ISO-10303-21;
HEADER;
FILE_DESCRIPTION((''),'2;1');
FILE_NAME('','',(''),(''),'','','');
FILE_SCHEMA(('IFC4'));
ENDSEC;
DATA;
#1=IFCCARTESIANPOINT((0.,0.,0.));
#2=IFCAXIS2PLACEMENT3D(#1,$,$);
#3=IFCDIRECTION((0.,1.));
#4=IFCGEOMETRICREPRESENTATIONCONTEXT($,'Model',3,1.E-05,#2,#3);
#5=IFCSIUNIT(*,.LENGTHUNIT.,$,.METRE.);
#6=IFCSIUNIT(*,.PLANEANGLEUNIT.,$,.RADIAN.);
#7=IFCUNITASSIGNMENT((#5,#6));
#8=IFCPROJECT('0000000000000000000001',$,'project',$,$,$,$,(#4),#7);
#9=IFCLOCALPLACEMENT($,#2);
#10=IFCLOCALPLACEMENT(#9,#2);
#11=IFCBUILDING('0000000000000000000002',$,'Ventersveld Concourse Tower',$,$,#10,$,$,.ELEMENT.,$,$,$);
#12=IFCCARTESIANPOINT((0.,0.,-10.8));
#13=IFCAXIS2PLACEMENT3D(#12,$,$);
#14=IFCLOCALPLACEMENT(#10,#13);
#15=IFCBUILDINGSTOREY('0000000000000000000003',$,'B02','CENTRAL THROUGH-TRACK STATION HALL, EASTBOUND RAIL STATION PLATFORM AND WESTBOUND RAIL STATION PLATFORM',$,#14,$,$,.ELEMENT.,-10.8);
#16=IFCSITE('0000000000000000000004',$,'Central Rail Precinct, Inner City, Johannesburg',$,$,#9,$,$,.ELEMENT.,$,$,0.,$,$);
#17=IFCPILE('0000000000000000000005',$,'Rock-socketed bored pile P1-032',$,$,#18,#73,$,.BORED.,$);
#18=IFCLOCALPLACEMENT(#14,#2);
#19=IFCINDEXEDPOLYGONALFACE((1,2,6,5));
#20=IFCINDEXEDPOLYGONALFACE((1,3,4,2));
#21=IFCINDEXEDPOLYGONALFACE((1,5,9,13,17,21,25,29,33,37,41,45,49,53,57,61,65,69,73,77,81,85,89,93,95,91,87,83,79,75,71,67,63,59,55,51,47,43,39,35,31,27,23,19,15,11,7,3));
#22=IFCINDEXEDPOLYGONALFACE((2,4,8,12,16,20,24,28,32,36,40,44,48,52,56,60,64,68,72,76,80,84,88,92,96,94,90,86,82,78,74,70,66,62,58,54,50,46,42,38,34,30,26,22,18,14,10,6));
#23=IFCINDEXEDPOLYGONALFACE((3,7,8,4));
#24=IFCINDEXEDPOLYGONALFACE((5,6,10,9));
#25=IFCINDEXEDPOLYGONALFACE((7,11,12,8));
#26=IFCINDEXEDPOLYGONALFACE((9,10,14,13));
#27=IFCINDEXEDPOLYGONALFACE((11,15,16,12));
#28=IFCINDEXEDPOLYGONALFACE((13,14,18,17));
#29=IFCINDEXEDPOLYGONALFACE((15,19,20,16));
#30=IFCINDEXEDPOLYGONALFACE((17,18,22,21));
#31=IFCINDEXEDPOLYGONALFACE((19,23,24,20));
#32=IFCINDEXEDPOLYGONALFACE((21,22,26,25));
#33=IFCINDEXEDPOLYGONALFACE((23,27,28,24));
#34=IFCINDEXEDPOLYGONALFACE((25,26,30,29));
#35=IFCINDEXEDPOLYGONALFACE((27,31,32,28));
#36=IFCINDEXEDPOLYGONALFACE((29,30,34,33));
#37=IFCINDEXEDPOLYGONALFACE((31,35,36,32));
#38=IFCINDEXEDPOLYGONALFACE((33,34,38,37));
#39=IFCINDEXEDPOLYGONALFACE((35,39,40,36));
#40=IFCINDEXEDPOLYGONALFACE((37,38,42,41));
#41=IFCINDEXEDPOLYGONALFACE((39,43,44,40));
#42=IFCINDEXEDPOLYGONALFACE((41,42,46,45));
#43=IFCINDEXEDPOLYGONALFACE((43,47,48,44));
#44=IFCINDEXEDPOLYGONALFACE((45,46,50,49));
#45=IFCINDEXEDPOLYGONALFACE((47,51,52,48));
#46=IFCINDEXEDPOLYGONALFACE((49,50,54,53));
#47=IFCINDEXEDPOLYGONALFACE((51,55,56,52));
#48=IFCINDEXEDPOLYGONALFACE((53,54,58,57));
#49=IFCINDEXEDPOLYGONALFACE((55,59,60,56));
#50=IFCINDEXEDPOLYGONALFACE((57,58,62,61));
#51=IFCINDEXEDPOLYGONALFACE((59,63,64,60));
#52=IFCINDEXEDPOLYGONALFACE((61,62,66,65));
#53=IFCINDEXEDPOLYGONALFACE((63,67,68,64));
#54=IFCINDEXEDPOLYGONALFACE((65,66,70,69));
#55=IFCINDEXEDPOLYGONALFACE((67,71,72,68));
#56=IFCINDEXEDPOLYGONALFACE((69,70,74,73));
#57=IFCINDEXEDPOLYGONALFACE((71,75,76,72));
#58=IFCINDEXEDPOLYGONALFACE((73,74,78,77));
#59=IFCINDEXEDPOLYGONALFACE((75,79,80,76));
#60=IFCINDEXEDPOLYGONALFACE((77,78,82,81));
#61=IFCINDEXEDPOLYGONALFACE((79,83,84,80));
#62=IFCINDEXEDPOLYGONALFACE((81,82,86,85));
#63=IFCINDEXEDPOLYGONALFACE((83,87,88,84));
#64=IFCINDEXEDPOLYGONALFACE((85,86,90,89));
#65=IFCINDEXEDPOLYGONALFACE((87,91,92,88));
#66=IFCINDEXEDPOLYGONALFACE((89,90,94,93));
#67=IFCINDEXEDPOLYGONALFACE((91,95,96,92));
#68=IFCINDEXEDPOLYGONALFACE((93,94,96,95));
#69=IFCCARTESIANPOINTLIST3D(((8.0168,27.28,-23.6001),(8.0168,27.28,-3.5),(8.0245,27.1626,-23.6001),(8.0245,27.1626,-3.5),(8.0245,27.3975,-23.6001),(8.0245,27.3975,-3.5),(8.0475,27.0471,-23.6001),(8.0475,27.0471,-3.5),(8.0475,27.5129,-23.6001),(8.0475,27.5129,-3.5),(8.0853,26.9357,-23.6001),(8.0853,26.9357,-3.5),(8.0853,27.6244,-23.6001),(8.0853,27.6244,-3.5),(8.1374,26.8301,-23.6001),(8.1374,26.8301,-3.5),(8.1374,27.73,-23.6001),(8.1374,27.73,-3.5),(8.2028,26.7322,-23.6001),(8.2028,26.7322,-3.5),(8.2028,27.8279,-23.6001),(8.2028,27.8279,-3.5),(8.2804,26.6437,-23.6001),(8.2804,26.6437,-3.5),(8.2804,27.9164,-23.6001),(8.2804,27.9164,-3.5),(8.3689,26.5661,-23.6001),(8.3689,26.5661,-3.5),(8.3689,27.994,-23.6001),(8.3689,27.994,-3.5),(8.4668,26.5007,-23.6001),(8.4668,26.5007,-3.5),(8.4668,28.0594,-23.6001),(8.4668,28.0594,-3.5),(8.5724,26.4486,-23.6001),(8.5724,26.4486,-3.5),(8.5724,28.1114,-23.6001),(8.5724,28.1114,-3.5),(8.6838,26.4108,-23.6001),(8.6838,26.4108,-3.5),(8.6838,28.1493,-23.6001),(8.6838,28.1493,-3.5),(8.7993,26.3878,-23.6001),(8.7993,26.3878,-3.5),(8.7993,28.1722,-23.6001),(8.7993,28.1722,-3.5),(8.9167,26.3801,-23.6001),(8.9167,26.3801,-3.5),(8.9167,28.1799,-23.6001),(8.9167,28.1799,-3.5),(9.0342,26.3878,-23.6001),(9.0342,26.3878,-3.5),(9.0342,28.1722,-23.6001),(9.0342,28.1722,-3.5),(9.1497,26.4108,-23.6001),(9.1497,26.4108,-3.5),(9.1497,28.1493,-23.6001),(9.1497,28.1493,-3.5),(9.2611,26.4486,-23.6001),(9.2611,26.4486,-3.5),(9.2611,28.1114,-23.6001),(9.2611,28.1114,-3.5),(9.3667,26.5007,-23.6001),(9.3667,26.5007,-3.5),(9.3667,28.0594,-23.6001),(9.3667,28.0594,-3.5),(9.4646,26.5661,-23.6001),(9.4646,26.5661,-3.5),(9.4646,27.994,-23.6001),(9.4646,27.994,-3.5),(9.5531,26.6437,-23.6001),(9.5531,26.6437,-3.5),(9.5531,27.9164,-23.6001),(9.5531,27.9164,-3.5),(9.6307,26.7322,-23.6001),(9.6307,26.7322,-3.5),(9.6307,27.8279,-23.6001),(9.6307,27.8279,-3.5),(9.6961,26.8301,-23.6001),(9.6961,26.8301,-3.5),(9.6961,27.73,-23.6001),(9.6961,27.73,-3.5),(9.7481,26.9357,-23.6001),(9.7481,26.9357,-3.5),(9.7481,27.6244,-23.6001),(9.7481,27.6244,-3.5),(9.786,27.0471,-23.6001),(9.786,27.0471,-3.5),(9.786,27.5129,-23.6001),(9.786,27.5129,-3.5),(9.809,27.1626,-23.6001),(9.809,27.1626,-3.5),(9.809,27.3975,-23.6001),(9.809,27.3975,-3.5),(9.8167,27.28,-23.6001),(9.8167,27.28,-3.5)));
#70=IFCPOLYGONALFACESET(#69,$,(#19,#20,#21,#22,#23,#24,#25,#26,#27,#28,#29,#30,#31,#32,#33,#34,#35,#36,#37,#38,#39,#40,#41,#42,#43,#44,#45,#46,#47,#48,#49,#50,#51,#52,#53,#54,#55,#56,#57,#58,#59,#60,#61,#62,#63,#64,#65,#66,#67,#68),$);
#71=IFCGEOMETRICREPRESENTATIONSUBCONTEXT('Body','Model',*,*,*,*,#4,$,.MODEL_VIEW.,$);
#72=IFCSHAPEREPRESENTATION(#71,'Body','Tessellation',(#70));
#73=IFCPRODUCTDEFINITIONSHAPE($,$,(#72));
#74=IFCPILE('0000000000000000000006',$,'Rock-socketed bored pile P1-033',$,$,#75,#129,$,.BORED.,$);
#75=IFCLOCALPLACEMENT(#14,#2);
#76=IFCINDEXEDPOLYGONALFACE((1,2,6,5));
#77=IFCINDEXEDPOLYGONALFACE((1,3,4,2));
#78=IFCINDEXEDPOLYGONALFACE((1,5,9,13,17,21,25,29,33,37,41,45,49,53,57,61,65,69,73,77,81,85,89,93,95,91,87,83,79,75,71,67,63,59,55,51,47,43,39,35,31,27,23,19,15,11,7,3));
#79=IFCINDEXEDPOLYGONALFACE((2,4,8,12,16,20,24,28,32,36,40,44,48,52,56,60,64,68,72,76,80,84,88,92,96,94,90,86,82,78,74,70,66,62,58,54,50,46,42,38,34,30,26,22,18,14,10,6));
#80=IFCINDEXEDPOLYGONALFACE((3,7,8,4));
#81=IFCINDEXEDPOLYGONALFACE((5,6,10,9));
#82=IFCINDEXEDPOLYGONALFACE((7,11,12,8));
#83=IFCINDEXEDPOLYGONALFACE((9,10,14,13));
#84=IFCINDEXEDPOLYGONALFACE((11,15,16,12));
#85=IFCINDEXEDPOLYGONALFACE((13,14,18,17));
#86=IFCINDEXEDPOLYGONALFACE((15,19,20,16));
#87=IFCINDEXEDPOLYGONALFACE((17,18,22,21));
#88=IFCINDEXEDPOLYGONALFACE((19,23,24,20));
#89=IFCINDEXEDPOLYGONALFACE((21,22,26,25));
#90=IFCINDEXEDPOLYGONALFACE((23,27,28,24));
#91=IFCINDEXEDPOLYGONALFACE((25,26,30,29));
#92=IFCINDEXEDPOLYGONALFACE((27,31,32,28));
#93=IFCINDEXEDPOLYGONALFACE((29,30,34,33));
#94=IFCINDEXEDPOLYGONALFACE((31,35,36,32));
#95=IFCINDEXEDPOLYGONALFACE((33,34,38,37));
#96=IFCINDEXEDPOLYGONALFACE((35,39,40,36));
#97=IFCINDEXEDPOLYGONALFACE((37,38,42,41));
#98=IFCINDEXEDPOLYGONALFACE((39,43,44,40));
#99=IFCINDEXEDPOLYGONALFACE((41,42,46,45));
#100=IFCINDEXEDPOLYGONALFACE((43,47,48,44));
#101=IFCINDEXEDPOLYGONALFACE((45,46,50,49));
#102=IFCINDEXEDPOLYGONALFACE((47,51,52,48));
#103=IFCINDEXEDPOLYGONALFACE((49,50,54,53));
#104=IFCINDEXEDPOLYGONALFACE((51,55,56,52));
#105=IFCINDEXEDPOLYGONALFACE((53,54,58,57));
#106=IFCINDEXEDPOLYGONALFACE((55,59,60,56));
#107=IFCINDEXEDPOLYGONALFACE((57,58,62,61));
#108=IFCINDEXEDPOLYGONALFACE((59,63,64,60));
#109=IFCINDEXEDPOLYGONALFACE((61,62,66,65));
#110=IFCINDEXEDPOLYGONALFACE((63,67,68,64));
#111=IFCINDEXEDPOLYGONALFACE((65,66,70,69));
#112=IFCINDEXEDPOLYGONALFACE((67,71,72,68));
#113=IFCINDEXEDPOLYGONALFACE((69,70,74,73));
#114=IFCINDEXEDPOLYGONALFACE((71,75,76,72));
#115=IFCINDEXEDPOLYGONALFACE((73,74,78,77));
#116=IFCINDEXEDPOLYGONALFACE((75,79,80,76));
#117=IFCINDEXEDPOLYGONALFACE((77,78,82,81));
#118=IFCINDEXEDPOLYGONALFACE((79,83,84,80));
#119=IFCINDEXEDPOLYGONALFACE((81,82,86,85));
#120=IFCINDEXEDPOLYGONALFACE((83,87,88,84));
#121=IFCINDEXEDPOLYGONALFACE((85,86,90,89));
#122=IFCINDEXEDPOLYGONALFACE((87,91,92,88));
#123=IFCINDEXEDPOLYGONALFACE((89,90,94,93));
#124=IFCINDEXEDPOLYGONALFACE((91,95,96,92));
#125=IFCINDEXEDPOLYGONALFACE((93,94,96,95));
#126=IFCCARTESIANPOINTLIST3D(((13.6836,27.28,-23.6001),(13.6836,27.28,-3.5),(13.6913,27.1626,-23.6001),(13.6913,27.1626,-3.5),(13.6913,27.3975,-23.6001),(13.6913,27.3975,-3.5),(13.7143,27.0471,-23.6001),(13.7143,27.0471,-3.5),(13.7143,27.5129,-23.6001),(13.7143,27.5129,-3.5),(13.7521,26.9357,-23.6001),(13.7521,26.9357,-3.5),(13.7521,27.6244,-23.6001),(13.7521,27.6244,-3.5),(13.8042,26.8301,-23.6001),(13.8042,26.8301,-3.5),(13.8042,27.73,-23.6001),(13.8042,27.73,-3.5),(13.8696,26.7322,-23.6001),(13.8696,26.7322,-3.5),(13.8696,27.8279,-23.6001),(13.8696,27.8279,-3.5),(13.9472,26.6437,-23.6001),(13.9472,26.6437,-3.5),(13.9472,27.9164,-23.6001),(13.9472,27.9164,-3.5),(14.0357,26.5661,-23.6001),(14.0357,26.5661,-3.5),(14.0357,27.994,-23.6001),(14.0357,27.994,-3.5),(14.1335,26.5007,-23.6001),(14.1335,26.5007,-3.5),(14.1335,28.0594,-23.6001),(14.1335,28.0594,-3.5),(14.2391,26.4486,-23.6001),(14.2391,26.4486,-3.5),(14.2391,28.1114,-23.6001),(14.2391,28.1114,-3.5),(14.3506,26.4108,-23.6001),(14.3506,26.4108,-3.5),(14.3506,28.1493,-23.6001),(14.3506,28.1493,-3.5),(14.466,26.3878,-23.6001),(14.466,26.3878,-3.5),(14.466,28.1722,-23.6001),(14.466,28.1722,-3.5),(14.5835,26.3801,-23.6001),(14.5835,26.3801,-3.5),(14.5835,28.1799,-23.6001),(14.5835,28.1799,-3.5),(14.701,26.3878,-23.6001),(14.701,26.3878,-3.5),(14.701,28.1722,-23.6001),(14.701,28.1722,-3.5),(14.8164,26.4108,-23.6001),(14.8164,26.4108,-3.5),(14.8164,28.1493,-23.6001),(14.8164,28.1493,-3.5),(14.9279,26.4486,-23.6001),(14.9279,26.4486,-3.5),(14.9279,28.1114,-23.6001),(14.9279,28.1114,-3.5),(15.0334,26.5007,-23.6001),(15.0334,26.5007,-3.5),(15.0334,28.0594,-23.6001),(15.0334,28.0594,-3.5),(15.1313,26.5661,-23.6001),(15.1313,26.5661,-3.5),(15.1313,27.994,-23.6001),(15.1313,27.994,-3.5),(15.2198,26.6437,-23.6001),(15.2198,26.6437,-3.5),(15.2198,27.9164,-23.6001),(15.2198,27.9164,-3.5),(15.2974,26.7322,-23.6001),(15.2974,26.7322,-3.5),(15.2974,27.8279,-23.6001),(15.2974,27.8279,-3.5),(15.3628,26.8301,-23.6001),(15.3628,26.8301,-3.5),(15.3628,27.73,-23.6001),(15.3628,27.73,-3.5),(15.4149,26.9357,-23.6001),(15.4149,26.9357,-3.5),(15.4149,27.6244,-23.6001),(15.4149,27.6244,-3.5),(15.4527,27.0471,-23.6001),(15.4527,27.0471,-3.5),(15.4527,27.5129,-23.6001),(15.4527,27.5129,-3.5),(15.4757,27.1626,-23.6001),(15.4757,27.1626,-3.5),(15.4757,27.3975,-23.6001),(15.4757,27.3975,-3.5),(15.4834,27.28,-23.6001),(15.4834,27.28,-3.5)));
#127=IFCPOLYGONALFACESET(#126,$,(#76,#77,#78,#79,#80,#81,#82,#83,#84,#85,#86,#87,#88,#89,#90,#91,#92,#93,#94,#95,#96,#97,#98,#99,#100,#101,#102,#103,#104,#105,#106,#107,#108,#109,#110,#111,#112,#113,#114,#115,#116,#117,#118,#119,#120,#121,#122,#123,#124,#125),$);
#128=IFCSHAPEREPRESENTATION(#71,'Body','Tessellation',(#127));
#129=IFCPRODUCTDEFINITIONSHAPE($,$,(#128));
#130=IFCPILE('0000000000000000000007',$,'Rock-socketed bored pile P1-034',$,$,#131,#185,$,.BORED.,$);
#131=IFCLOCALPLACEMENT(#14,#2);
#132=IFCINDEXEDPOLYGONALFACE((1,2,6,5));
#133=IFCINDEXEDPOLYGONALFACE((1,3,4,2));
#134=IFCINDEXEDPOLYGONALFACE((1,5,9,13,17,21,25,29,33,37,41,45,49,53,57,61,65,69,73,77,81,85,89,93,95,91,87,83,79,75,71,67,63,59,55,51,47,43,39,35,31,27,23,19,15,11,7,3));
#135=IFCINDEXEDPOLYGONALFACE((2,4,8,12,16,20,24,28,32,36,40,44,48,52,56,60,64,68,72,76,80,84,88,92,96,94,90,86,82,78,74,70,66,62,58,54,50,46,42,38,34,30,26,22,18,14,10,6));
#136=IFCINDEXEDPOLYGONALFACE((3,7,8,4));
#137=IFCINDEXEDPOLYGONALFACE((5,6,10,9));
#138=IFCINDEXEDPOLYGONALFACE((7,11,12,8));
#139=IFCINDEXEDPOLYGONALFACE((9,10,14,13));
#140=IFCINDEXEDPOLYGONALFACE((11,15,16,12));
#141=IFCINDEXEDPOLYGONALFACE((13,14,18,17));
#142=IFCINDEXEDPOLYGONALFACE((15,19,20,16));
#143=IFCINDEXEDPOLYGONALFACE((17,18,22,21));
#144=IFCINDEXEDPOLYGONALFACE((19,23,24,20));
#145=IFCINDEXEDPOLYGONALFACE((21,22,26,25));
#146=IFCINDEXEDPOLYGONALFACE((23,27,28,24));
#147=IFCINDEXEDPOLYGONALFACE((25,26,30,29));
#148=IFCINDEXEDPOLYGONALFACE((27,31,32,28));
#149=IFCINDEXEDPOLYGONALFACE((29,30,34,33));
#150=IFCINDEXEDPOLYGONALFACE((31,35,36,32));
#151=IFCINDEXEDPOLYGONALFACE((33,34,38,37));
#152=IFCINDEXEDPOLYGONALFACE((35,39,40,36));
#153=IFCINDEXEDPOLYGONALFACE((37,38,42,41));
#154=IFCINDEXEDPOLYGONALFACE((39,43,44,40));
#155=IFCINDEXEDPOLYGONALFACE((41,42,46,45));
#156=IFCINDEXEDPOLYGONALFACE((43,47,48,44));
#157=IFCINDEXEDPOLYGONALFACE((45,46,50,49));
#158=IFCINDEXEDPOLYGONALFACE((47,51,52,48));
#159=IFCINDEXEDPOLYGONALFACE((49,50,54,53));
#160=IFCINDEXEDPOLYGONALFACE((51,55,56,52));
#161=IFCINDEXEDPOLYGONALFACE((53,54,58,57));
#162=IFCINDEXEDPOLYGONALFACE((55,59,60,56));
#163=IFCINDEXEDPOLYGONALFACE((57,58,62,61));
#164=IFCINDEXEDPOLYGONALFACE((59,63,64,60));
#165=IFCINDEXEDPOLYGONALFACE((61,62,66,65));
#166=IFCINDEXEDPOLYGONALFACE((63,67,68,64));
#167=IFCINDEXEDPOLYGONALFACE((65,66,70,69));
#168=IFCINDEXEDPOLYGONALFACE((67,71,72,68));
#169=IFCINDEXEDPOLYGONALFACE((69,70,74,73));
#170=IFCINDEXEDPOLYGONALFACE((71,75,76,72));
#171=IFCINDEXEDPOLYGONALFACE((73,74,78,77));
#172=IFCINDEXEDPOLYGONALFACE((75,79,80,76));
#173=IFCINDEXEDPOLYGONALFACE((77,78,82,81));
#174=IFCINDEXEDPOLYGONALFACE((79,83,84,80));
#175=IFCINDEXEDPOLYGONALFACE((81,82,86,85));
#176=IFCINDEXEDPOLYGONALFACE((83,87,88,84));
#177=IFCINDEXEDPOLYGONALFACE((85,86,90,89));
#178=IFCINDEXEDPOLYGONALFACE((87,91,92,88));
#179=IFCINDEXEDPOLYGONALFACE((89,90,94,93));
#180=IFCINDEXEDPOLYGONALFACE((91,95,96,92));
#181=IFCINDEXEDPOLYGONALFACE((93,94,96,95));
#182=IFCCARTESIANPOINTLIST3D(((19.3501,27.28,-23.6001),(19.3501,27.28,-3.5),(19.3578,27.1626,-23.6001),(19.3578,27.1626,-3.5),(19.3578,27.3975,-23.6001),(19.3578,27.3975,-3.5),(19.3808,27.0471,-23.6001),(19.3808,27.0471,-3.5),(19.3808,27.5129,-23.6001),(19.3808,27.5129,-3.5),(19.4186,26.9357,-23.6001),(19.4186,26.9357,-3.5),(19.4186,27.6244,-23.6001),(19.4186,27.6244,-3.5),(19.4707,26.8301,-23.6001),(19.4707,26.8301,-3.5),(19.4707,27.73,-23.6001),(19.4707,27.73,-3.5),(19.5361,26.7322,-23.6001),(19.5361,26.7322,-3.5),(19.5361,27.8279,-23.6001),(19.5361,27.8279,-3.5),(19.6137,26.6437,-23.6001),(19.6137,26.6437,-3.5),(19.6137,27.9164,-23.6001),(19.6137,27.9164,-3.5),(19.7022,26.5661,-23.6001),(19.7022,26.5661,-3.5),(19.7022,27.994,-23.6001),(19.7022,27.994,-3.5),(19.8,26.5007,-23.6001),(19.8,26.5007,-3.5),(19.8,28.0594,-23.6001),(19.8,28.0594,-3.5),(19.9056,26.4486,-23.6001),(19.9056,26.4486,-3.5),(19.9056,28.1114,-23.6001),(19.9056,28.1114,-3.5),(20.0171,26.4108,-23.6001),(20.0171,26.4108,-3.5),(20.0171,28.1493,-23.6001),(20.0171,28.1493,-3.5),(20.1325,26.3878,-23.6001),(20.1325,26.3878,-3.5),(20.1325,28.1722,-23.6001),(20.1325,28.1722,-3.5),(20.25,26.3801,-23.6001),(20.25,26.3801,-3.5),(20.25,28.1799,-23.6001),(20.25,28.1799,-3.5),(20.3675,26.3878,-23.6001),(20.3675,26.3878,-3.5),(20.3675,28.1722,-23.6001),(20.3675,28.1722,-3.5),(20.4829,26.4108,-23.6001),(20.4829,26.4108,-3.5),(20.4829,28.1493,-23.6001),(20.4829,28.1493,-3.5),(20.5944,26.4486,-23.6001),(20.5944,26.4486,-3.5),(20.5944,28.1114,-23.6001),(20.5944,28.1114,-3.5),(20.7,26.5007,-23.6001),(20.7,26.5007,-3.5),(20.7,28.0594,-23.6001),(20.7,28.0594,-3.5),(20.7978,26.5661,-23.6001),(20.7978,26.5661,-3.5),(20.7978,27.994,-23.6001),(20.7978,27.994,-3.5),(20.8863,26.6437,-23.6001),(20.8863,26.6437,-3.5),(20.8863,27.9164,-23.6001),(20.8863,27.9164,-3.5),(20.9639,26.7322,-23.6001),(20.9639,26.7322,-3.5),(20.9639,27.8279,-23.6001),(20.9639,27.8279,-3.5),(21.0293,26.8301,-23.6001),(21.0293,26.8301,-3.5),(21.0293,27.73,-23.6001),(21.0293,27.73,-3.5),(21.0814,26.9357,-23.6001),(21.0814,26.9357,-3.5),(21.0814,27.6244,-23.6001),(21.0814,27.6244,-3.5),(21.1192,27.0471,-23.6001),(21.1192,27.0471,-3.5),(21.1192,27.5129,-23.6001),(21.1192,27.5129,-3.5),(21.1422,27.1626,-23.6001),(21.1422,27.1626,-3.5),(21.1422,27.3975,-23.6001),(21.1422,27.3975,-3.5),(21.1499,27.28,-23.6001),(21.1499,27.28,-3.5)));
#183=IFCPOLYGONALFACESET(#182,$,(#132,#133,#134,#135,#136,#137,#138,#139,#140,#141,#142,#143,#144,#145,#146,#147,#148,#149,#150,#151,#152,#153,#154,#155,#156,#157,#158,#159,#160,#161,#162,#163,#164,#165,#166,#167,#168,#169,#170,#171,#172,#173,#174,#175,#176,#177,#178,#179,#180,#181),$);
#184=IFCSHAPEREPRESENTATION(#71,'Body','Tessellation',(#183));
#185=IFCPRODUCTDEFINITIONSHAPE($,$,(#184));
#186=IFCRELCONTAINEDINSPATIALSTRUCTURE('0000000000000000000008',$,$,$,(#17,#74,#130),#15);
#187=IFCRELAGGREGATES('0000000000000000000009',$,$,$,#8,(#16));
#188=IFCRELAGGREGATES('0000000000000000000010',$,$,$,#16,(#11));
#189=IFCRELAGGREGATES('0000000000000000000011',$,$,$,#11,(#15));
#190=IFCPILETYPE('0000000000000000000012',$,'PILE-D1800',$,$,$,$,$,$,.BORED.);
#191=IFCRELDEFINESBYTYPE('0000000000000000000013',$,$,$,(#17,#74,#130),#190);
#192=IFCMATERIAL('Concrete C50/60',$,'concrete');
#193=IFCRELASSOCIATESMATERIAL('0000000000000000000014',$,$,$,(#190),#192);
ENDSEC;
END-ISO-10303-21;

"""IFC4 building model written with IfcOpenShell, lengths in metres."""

from ifc_helpers import new_model, si_unit, direction, frame, origin, origin_2d, place, context, subcontext, project, spatial, circle, extrude, material, material_profile, profile_set, type_object, element, save


model = new_model("IFC4")

# Units and contexts
model_context = context("Model", 3, precision=1e-05, world=origin(), true_north=direction((0.0, 1.0)))
body_context = subcontext(model_context, "Body", "Model", "MODEL_VIEW")
ifc_project = project(units=[si_unit("LENGTHUNIT", "METRE"), si_unit("PLANEANGLEUNIT", "RADIAN")], contexts=[model_context])

# Site, building, storey
site_placement = place(None, origin())
site = spatial("IfcSite", under=ifc_project, at=site_placement, Name="Central Rail Precinct, Inner City, Johannesburg", CompositionType="ELEMENT", RefElevation=0.0)
building_placement = place(site_placement, origin())
building = spatial("IfcBuilding", under=site, at=building_placement, Name="Ventersveld Concourse Tower", CompositionType="ELEMENT")
storey_placement = place(building_placement, frame((0.0, 0.0, -10.8)))
storey = spatial("IfcBuildingStorey", under=building, at=storey_placement, Name="B02", Description="CENTRAL THROUGH-TRACK STATION HALL, EASTBOUND RAIL STATION PLATFORM AND WESTBOUND RAIL STATION PLATFORM", CompositionType="ELEMENT", Elevation=-10.8)

# Piles
ifc_material_1 = material(Name="Concrete C50/60", Category="concrete")
ifc_material_profile_1 = material_profile(ifc_material_1, circle(Radius=0.8999, at=origin_2d()), Name="PILE D1800")
ifc_profile_set_1 = profile_set([ifc_material_profile_1], Name="Concrete C50/60")
pile_type = type_object("IfcPileType", Name="PILE-D1800", PredefinedType="BORED", material=ifc_profile_set_1)
for number, where, z_axis, x_axis, name in (
    (1, (8.9167, 27.28, -3.5), (0.0, 0.0, -1.0), (1.0, 0.0, 0.0), "Rock-socketed bored pile P1-032"),
    (2, (14.5835, 27.28, -3.5), (0.0, 0.0, -1.0), (1.0, 0.0, 0.0), "Rock-socketed bored pile P1-033"),
    (3, (20.25, 27.28, -3.5), (0.0, 0.0, -1.0), (1.0, 0.0, 0.0), "Rock-socketed bored pile P1-034"),
):
    element("IfcPile", number, at=place(storey_placement, frame(where, z_axis=z_axis, x_axis=x_axis)), inside=storey, type_object=pile_type, Name=name, PredefinedType="BORED", context=body_context, shape_type="SweptSolid", body=[
        extrude(circle(Radius=0.8999, at=origin_2d()), origin(), (0.0, 0.0, 1.0), 20.1001),
    ])

save(model, "model.ifc")
